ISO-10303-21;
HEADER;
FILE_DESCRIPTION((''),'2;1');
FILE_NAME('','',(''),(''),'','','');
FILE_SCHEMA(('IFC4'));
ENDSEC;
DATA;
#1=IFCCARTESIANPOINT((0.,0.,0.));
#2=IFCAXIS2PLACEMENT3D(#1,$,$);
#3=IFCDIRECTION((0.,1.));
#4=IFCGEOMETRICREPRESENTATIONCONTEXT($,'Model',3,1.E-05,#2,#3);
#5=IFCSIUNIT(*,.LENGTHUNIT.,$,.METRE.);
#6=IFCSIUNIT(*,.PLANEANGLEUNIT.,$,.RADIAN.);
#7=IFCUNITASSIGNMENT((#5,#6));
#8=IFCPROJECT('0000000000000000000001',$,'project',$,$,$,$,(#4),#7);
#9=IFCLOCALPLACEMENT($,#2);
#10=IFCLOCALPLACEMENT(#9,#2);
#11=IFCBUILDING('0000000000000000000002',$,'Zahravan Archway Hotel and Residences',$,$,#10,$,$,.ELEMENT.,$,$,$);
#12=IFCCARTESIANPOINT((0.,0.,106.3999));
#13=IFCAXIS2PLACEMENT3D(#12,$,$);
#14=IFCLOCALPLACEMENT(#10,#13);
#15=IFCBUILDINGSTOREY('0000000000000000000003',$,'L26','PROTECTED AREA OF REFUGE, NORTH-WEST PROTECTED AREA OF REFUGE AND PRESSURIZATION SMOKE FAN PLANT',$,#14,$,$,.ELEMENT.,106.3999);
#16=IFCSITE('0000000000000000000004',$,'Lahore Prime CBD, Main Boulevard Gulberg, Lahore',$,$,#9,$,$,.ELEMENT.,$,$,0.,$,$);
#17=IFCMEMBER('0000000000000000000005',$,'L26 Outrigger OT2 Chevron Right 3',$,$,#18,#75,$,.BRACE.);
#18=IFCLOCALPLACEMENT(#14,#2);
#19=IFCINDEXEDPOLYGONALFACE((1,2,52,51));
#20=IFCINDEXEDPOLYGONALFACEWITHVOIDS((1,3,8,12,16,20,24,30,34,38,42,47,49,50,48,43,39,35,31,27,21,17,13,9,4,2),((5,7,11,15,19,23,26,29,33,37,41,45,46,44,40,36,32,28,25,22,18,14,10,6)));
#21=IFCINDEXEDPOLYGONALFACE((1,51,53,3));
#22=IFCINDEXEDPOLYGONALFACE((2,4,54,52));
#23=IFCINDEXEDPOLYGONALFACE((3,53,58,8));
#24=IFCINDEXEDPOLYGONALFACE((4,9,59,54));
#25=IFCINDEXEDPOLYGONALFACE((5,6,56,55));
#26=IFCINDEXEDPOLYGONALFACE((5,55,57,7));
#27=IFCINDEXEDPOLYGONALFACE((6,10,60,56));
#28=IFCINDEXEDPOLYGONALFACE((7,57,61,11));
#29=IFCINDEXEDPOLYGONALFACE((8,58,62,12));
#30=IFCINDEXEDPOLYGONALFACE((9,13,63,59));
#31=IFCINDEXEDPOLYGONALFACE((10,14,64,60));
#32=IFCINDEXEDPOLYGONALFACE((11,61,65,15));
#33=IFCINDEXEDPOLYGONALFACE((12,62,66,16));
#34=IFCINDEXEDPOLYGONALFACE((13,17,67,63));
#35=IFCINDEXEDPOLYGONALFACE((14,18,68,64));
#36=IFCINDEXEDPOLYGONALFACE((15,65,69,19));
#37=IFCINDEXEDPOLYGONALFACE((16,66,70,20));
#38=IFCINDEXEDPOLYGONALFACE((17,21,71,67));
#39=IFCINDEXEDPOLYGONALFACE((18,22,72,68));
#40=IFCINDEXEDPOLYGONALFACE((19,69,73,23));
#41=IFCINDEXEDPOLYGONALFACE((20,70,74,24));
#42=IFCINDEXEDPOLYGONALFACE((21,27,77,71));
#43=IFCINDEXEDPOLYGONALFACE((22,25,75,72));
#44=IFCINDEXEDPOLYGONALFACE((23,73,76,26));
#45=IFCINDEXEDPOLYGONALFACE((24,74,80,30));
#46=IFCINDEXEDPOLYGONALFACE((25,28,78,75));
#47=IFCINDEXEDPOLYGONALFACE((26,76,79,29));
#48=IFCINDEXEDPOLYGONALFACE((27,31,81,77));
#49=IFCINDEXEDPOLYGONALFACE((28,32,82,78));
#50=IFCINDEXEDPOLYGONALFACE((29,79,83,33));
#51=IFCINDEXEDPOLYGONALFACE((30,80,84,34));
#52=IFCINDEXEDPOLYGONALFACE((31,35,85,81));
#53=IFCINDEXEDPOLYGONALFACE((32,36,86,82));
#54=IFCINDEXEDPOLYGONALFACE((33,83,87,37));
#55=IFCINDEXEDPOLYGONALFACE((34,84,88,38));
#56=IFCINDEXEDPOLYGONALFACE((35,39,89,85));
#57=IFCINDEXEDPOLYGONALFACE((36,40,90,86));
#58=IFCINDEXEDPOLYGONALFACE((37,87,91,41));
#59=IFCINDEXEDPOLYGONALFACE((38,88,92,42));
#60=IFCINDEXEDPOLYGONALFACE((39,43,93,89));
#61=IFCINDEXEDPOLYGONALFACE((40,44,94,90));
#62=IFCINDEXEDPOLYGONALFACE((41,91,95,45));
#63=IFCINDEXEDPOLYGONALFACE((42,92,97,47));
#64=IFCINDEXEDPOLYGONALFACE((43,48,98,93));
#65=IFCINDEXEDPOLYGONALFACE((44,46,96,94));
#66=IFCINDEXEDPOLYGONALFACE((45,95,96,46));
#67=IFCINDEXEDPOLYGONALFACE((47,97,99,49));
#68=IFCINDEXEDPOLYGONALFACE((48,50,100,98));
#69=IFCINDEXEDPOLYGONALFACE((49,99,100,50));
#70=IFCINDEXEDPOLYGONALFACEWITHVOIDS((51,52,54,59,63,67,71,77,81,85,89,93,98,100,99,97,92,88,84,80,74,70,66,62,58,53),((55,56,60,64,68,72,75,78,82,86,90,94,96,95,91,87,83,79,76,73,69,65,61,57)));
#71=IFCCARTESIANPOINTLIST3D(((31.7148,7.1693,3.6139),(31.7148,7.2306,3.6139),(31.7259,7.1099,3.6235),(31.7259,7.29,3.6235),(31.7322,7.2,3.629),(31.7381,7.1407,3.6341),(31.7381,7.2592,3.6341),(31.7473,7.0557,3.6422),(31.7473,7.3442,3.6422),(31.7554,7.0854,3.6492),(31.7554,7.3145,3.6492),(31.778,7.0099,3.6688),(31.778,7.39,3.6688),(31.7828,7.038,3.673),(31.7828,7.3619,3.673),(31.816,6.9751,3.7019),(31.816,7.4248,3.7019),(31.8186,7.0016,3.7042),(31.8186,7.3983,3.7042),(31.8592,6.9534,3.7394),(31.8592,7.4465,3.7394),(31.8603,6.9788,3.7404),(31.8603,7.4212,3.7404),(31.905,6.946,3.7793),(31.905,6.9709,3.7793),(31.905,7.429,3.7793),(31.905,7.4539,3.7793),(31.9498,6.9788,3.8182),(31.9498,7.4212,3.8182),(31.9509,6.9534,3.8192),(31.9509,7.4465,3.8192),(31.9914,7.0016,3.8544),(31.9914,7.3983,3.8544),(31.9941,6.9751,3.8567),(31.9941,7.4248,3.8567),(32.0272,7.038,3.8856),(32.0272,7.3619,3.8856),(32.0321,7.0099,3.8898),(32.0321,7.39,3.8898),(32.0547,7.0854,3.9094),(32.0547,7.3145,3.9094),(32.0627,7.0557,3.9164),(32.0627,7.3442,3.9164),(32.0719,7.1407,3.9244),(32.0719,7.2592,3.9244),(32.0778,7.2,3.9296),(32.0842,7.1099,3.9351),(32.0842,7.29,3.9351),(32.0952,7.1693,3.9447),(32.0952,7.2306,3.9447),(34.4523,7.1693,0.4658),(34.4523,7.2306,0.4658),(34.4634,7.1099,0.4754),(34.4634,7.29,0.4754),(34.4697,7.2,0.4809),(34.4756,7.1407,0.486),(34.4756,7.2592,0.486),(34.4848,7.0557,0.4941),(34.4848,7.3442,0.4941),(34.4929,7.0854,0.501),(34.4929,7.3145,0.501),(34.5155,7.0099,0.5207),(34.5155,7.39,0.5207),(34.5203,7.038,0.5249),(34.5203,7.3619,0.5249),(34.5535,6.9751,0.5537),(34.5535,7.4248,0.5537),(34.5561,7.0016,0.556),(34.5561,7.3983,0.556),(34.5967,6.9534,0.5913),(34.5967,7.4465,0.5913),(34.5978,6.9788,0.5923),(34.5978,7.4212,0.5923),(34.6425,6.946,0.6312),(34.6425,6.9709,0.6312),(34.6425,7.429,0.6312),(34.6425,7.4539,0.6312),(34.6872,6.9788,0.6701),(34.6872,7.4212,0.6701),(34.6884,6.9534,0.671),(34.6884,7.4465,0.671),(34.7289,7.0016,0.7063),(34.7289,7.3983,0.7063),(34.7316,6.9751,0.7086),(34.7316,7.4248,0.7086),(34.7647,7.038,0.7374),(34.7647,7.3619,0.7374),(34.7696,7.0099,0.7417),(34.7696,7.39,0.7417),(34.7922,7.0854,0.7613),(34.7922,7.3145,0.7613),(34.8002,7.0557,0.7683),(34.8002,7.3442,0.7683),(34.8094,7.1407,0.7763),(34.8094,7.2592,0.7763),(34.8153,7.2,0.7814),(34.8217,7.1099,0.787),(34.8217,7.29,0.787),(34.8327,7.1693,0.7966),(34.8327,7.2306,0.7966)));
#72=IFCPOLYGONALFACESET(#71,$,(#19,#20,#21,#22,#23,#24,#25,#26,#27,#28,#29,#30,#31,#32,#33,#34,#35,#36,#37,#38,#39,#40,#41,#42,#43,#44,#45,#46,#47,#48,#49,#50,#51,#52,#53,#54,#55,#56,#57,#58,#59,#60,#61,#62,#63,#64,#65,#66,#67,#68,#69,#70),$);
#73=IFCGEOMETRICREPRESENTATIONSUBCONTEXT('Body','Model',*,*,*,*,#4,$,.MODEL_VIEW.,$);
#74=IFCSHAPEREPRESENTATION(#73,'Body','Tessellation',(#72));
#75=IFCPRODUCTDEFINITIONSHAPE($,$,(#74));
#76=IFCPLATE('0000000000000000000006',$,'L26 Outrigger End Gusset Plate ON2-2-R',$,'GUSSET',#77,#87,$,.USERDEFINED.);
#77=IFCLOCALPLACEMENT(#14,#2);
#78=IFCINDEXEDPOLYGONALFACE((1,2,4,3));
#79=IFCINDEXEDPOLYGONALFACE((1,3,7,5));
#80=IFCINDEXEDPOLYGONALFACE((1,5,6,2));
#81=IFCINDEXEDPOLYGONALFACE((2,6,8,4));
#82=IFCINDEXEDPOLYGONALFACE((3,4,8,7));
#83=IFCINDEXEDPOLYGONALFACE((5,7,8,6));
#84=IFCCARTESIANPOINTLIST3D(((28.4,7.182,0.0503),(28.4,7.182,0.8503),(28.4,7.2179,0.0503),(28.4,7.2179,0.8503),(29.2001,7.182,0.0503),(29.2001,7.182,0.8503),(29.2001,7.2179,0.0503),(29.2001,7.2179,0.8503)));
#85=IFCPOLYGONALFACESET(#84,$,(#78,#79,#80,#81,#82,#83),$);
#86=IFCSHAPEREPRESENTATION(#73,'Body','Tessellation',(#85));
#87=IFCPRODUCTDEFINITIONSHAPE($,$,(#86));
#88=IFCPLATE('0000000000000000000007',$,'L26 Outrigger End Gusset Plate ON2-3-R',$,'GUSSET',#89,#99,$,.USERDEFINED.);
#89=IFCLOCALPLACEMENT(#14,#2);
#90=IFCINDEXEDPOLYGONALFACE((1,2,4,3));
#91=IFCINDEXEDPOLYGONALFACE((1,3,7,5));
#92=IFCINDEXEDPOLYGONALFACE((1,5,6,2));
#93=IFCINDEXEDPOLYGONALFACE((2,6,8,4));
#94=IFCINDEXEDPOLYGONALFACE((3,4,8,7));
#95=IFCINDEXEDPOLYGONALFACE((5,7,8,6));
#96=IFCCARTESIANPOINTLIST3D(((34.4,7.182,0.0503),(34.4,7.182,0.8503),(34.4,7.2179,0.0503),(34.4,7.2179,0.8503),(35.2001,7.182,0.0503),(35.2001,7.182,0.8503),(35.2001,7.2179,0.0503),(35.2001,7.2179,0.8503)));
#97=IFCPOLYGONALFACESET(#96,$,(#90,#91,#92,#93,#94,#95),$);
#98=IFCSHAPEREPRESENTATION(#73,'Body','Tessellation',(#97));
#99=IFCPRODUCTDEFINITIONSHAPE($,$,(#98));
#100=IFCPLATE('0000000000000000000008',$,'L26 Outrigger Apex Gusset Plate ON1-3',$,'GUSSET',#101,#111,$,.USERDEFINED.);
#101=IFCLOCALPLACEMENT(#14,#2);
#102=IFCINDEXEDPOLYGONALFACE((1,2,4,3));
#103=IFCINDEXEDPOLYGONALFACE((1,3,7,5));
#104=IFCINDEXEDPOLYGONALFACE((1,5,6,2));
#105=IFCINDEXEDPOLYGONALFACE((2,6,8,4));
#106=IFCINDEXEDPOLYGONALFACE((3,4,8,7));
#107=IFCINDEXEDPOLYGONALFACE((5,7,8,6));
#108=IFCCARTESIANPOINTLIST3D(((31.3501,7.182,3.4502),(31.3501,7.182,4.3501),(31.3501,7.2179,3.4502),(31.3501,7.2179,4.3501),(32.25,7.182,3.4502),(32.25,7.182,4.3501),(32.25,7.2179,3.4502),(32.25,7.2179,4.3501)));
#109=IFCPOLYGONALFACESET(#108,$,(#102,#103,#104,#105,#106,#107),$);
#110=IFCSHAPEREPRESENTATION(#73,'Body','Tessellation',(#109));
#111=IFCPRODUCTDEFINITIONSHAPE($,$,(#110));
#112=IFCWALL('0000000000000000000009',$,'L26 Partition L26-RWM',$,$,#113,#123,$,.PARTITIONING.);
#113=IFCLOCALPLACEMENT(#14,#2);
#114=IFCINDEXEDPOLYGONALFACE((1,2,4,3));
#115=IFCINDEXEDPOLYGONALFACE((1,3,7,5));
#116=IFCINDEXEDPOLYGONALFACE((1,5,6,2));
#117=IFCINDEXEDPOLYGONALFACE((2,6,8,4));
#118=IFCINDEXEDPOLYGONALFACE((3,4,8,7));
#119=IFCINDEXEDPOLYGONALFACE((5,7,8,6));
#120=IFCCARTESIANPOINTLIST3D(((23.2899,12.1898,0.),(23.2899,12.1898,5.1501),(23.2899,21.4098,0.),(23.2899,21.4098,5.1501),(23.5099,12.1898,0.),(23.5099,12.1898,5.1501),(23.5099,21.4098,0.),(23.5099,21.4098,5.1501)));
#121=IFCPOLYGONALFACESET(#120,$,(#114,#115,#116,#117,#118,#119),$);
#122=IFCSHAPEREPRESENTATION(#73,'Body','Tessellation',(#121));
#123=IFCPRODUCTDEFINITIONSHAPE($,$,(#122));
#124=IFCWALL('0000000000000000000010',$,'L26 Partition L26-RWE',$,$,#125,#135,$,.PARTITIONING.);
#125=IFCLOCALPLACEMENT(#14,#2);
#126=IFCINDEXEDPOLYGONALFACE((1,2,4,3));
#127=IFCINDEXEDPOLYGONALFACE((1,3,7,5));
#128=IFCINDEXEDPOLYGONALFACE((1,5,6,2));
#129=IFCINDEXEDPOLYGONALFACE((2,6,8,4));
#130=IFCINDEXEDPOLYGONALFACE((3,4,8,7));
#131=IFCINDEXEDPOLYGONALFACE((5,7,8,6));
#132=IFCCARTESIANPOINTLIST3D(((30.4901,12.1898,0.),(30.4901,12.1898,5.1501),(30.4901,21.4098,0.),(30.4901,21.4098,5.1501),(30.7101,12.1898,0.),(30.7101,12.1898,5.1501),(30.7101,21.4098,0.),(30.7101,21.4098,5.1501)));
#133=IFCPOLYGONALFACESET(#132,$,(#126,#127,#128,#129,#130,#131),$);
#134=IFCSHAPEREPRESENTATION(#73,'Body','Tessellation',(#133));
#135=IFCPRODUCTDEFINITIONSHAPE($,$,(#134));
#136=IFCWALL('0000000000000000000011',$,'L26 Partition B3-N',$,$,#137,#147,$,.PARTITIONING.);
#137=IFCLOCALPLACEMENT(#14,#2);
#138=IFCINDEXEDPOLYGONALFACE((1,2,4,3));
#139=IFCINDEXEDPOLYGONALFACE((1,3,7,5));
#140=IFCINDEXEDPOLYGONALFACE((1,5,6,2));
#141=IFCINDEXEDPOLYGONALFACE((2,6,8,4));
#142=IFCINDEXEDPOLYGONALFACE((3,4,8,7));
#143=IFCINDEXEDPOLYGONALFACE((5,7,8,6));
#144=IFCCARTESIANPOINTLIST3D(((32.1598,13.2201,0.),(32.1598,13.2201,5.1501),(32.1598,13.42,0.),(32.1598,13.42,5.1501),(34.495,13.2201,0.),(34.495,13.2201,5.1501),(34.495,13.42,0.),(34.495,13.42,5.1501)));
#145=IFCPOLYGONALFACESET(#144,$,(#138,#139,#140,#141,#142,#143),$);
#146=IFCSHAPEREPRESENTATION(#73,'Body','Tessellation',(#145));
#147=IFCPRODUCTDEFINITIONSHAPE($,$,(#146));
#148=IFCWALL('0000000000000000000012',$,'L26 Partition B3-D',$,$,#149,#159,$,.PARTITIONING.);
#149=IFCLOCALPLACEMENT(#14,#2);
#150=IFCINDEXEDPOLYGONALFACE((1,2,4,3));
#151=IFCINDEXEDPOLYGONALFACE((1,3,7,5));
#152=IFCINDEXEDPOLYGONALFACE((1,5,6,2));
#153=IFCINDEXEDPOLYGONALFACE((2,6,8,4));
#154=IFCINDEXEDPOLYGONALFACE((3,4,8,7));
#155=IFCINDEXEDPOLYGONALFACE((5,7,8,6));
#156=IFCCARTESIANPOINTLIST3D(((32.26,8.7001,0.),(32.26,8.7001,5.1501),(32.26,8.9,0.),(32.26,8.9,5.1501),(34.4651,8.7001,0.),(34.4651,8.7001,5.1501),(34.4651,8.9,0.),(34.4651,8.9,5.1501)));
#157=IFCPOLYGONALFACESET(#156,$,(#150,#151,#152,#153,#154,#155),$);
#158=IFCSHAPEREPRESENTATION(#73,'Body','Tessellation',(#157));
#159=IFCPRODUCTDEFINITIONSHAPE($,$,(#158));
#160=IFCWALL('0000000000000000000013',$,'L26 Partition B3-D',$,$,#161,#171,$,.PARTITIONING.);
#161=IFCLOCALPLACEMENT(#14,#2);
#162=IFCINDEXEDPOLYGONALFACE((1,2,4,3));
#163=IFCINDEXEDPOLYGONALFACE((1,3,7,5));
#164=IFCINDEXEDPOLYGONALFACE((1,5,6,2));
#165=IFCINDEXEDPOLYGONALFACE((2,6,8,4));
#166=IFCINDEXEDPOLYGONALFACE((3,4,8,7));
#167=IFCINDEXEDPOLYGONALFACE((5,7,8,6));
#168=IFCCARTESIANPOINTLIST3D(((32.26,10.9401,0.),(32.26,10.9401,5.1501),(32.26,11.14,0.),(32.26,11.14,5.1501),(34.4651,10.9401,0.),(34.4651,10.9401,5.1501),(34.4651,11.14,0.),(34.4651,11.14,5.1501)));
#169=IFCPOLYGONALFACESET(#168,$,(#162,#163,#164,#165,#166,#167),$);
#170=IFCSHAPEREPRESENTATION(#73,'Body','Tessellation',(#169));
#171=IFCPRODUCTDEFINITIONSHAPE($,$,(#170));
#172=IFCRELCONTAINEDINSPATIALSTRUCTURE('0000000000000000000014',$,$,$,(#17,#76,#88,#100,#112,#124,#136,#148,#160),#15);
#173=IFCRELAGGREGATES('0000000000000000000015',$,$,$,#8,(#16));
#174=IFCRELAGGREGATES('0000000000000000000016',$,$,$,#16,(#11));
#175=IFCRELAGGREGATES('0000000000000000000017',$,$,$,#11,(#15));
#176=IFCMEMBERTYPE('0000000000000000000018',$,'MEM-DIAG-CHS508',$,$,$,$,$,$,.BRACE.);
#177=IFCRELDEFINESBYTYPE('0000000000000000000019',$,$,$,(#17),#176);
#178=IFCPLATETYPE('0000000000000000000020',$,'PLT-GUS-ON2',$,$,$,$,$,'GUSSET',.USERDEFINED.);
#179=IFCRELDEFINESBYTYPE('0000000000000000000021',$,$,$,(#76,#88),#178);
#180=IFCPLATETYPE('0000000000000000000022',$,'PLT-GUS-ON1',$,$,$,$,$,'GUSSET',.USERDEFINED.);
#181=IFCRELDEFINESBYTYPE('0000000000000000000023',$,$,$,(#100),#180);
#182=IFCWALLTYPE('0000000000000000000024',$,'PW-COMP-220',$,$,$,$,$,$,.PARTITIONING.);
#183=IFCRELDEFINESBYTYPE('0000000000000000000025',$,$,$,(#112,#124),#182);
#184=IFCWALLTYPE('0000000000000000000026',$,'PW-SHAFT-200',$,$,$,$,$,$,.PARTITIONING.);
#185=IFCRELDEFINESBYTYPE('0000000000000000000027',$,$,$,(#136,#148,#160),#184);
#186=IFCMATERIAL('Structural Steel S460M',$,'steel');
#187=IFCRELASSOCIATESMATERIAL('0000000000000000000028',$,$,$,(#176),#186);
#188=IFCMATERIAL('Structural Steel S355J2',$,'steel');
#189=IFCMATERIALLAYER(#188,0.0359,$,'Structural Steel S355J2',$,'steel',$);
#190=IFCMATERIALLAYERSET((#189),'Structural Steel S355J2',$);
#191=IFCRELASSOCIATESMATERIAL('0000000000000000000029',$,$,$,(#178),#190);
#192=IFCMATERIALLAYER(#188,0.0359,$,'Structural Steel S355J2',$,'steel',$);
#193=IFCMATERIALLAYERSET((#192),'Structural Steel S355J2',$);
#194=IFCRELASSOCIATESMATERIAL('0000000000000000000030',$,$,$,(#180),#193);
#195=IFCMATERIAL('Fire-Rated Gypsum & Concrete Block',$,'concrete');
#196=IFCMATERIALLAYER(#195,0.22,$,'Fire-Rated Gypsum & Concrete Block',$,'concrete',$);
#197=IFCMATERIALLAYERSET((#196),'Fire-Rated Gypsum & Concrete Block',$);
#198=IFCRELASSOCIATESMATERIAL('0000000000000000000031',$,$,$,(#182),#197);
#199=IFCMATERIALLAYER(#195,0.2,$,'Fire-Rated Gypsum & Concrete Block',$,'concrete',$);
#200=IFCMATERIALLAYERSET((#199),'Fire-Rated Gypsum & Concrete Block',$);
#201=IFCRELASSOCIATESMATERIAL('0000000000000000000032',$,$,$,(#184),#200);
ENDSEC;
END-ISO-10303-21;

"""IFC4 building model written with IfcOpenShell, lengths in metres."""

from ifc_helpers import new_model, si_unit, direction, frame, frame_2d, origin, origin_2d, place, context, subcontext, project, spatial, rectangle, hollow_circle, extrude, source, transform, mapped, material, layer, layer_set, material_profile, profile_set, type_object, type_shapes, element, save


model = new_model("IFC4")

# Units and contexts
model_context = context("Model", 3, precision=1e-05, world=origin(), true_north=direction((0.0, 1.0)))
body_context = subcontext(model_context, "Body", "Model", "MODEL_VIEW")
ifc_project = project(units=[si_unit("LENGTHUNIT", "METRE"), si_unit("PLANEANGLEUNIT", "RADIAN")], contexts=[model_context])

# Site, building, storey
site_placement = place(None, origin())
site = spatial("IfcSite", under=ifc_project, at=site_placement, Name="Lahore Prime CBD, Main Boulevard Gulberg, Lahore", CompositionType="ELEMENT", RefElevation=0.0)
building_placement = place(site_placement, origin())
building = spatial("IfcBuilding", under=site, at=building_placement, Name="Zahravan Archway Hotel and Residences", CompositionType="ELEMENT")
storey_placement = place(building_placement, frame((0.0, 0.0, 106.3999)))
storey = spatial("IfcBuildingStorey", under=building, at=storey_placement, Name="L26", Description="PROTECTED AREA OF REFUGE, NORTH-WEST PROTECTED AREA OF REFUGE AND PRESSURIZATION SMOKE FAN PLANT", CompositionType="ELEMENT", Elevation=106.3999)

# Shared definitions
ifc_material_1 = material(Name="Structural Steel S460M", Category="steel")

# Member
ifc_material_profile_1 = material_profile(ifc_material_1, hollow_circle(Radius=0.2539, WallThickness=0.0249, at=origin_2d()), Name="CHS 508x25", Category="steel")
ifc_profile_set_1 = profile_set([ifc_material_profile_1], Name="Structural Steel S460M")
member_type_1 = type_object("IfcMemberType", Name="MEM-DIAG-CHS508", PredefinedType="BRACE", material=ifc_profile_set_1)
shared_shape_1 = source(origin(), body_context, "Body", "SweptSolid", [
    extrude(hollow_circle(Radius=0.2539, WallThickness=0.0249, at=origin_2d()), origin(), (0.0, 0.0, 1.0), 4.1719),
])
for number, where, z_axis, x_axis, name in (
    (1, (31.905, 7.2, 3.7793), (0.656177, 0.0, -0.754607), (0.0, 1.0, 0.0), "L26 Outrigger OT2 Chevron Right 3"),
):
    element("IfcMember", number, at=place(storey_placement, frame(where, z_axis=z_axis, x_axis=x_axis)), inside=storey, type_object=member_type_1, Name=name, PredefinedType="BRACE", context=body_context, shape_type="MappedRepresentation", body=[
        mapped(shared_shape_1, transform((0.0, 0.0, 0.0), scale=1.0)),
    ])

# Plates
ifc_material_2 = material(Name="Structural Steel S355J2", Category="steel")
ifc_layer_1 = layer(ifc_material_2, 0.0359, Name="Structural Steel S355J2", Category="steel")
ifc_layer_set_1 = layer_set([ifc_layer_1], Name="Structural Steel S355J2")
plate_type_1 = type_object("IfcPlateType", Name="PLT-GUS-ON2", ElementType="GUSSET", PredefinedType="USERDEFINED", material=ifc_layer_set_1)
shared_shape_2 = source(origin(), body_context, "Body", "SweptSolid", [
    extrude(rectangle(XDim=0.8, YDim=0.0359, at=origin_2d()), origin(), (0.0, 0.0, 1.0), 0.8),
])
type_shapes(plate_type_1, [shared_shape_2])
for number, where, z_axis, x_axis, name in (
    (2, (28.8, 7.2, 0.0503), (0.0, 0.0, 1.0), (1.0, 0.0, 0.0), "L26 Outrigger End Gusset Plate ON2-2-R"),
    (3, (34.8, 7.2, 0.0503), (0.0, 0.0, 1.0), (1.0, 0.0, 0.0), "L26 Outrigger End Gusset Plate ON2-3-R"),
):
    element("IfcPlate", number, at=place(storey_placement, frame(where, z_axis=z_axis, x_axis=x_axis)), inside=storey, type_object=plate_type_1, Name=name, ObjectType="GUSSET", PredefinedType="USERDEFINED", context=body_context, shape_type="MappedRepresentation", body=[
        mapped(shared_shape_2, transform((0.0, 0.0, 0.0), scale=1.0)),
    ])
ifc_layer_2 = layer(ifc_material_2, 0.0359, Name="Structural Steel S355J2", Category="steel")
ifc_layer_set_2 = layer_set([ifc_layer_2], Name="Structural Steel S355J2")
plate_type_2 = type_object("IfcPlateType", Name="PLT-GUS-ON1", ElementType="GUSSET", PredefinedType="USERDEFINED", material=ifc_layer_set_2)
shared_shape_3 = source(origin(), body_context, "Body", "SweptSolid", [
    extrude(rectangle(XDim=0.8999, YDim=0.0359, at=origin_2d()), origin(), (0.0, 0.0, 1.0), 0.8999),
])
type_shapes(plate_type_2, [shared_shape_3])
plate_placement = place(storey_placement, frame((31.8, 7.2, 3.4502), z_axis=(0.0, 0.0, 1.0), x_axis=(1.0, 0.0, 0.0)))
element("IfcPlate", 4, at=plate_placement, inside=storey, type_object=plate_type_2, Name="L26 Outrigger Apex Gusset Plate ON1-3", ObjectType="GUSSET", PredefinedType="USERDEFINED", context=body_context, shape_type="MappedRepresentation", body=[
    mapped(shared_shape_3, transform((0.0, 0.0, 0.0), scale=1.0)),
])

# Walls
ifc_material_3 = material(Name="Fire-Rated Gypsum & Concrete Block", Category="concrete")
ifc_layer_3 = layer(ifc_material_3, 0.22, Name="Fire-Rated Gypsum & Concrete Block", Category="concrete")
ifc_layer_set_3 = layer_set([ifc_layer_3], Name="Fire-Rated Gypsum & Concrete Block")
wall_type_1 = type_object("IfcWallType", Name="PW-COMP-220", PredefinedType="PARTITIONING", material=ifc_layer_set_3)
for number, where, z_axis, x_axis, name in (
    (5, (23.3999, 12.1899, 0.0), (0.0, 0.0, 1.0), (0.0, 1.0, 0.0), "L26 Partition L26-RWM"),
    (6, (30.6001, 12.1899, 0.0), (0.0, 0.0, 1.0), (0.0, 1.0, 0.0), "L26 Partition L26-RWE"),
):
    element("IfcWall", number, at=place(storey_placement, frame(where, z_axis=z_axis, x_axis=x_axis)), inside=storey, type_object=wall_type_1, Name=name, PredefinedType="PARTITIONING", context=body_context, shape_type="SweptSolid", body=[
        extrude(rectangle(XDim=9.22, YDim=0.22, at=frame_2d((4.6099, 0.0))), origin(), (0.0, 0.0, 1.0), 5.1501),
    ])
ifc_layer_4 = layer(ifc_material_3, 0.2, Name="Fire-Rated Gypsum & Concrete Block", Category="concrete")
ifc_layer_set_4 = layer_set([ifc_layer_4], Name="Fire-Rated Gypsum & Concrete Block")
wall_type_2 = type_object("IfcWallType", Name="PW-SHAFT-200", PredefinedType="PARTITIONING", material=ifc_layer_set_4)
wall_1_placement = place(storey_placement, frame((32.1599, 13.3201, 0.0), z_axis=(0.0, 0.0, 1.0), x_axis=(1.0, 0.0, 0.0)))
element("IfcWall", 7, at=wall_1_placement, inside=storey, type_object=wall_type_2, Name="L26 Partition B3-N", PredefinedType="PARTITIONING", context=body_context, shape_type="SweptSolid", body=[
    extrude(rectangle(XDim=2.3352, YDim=0.2, at=frame_2d((1.1675, 0.0))), origin(), (0.0, 0.0, 1.0), 5.1501),
])
for number, where, z_axis, x_axis, name in (
    (8, (32.26, 8.8, 0.0), (0.0, 0.0, 1.0), (1.0, 0.0, 0.0), "L26 Partition B3-D"),
    (9, (32.26, 11.04, 0.0), (0.0, 0.0, 1.0), (1.0, 0.0, 0.0), "L26 Partition B3-D"),
):
    element("IfcWall", number, at=place(storey_placement, frame(where, z_axis=z_axis, x_axis=x_axis)), inside=storey, type_object=wall_type_2, Name=name, PredefinedType="PARTITIONING", context=body_context, shape_type="SweptSolid", body=[
        extrude(rectangle(XDim=2.2051, YDim=0.2, at=frame_2d((1.1025, 0.0))), origin(), (0.0, 0.0, 1.0), 5.1501),
    ])

save(model, "model.ifc")
